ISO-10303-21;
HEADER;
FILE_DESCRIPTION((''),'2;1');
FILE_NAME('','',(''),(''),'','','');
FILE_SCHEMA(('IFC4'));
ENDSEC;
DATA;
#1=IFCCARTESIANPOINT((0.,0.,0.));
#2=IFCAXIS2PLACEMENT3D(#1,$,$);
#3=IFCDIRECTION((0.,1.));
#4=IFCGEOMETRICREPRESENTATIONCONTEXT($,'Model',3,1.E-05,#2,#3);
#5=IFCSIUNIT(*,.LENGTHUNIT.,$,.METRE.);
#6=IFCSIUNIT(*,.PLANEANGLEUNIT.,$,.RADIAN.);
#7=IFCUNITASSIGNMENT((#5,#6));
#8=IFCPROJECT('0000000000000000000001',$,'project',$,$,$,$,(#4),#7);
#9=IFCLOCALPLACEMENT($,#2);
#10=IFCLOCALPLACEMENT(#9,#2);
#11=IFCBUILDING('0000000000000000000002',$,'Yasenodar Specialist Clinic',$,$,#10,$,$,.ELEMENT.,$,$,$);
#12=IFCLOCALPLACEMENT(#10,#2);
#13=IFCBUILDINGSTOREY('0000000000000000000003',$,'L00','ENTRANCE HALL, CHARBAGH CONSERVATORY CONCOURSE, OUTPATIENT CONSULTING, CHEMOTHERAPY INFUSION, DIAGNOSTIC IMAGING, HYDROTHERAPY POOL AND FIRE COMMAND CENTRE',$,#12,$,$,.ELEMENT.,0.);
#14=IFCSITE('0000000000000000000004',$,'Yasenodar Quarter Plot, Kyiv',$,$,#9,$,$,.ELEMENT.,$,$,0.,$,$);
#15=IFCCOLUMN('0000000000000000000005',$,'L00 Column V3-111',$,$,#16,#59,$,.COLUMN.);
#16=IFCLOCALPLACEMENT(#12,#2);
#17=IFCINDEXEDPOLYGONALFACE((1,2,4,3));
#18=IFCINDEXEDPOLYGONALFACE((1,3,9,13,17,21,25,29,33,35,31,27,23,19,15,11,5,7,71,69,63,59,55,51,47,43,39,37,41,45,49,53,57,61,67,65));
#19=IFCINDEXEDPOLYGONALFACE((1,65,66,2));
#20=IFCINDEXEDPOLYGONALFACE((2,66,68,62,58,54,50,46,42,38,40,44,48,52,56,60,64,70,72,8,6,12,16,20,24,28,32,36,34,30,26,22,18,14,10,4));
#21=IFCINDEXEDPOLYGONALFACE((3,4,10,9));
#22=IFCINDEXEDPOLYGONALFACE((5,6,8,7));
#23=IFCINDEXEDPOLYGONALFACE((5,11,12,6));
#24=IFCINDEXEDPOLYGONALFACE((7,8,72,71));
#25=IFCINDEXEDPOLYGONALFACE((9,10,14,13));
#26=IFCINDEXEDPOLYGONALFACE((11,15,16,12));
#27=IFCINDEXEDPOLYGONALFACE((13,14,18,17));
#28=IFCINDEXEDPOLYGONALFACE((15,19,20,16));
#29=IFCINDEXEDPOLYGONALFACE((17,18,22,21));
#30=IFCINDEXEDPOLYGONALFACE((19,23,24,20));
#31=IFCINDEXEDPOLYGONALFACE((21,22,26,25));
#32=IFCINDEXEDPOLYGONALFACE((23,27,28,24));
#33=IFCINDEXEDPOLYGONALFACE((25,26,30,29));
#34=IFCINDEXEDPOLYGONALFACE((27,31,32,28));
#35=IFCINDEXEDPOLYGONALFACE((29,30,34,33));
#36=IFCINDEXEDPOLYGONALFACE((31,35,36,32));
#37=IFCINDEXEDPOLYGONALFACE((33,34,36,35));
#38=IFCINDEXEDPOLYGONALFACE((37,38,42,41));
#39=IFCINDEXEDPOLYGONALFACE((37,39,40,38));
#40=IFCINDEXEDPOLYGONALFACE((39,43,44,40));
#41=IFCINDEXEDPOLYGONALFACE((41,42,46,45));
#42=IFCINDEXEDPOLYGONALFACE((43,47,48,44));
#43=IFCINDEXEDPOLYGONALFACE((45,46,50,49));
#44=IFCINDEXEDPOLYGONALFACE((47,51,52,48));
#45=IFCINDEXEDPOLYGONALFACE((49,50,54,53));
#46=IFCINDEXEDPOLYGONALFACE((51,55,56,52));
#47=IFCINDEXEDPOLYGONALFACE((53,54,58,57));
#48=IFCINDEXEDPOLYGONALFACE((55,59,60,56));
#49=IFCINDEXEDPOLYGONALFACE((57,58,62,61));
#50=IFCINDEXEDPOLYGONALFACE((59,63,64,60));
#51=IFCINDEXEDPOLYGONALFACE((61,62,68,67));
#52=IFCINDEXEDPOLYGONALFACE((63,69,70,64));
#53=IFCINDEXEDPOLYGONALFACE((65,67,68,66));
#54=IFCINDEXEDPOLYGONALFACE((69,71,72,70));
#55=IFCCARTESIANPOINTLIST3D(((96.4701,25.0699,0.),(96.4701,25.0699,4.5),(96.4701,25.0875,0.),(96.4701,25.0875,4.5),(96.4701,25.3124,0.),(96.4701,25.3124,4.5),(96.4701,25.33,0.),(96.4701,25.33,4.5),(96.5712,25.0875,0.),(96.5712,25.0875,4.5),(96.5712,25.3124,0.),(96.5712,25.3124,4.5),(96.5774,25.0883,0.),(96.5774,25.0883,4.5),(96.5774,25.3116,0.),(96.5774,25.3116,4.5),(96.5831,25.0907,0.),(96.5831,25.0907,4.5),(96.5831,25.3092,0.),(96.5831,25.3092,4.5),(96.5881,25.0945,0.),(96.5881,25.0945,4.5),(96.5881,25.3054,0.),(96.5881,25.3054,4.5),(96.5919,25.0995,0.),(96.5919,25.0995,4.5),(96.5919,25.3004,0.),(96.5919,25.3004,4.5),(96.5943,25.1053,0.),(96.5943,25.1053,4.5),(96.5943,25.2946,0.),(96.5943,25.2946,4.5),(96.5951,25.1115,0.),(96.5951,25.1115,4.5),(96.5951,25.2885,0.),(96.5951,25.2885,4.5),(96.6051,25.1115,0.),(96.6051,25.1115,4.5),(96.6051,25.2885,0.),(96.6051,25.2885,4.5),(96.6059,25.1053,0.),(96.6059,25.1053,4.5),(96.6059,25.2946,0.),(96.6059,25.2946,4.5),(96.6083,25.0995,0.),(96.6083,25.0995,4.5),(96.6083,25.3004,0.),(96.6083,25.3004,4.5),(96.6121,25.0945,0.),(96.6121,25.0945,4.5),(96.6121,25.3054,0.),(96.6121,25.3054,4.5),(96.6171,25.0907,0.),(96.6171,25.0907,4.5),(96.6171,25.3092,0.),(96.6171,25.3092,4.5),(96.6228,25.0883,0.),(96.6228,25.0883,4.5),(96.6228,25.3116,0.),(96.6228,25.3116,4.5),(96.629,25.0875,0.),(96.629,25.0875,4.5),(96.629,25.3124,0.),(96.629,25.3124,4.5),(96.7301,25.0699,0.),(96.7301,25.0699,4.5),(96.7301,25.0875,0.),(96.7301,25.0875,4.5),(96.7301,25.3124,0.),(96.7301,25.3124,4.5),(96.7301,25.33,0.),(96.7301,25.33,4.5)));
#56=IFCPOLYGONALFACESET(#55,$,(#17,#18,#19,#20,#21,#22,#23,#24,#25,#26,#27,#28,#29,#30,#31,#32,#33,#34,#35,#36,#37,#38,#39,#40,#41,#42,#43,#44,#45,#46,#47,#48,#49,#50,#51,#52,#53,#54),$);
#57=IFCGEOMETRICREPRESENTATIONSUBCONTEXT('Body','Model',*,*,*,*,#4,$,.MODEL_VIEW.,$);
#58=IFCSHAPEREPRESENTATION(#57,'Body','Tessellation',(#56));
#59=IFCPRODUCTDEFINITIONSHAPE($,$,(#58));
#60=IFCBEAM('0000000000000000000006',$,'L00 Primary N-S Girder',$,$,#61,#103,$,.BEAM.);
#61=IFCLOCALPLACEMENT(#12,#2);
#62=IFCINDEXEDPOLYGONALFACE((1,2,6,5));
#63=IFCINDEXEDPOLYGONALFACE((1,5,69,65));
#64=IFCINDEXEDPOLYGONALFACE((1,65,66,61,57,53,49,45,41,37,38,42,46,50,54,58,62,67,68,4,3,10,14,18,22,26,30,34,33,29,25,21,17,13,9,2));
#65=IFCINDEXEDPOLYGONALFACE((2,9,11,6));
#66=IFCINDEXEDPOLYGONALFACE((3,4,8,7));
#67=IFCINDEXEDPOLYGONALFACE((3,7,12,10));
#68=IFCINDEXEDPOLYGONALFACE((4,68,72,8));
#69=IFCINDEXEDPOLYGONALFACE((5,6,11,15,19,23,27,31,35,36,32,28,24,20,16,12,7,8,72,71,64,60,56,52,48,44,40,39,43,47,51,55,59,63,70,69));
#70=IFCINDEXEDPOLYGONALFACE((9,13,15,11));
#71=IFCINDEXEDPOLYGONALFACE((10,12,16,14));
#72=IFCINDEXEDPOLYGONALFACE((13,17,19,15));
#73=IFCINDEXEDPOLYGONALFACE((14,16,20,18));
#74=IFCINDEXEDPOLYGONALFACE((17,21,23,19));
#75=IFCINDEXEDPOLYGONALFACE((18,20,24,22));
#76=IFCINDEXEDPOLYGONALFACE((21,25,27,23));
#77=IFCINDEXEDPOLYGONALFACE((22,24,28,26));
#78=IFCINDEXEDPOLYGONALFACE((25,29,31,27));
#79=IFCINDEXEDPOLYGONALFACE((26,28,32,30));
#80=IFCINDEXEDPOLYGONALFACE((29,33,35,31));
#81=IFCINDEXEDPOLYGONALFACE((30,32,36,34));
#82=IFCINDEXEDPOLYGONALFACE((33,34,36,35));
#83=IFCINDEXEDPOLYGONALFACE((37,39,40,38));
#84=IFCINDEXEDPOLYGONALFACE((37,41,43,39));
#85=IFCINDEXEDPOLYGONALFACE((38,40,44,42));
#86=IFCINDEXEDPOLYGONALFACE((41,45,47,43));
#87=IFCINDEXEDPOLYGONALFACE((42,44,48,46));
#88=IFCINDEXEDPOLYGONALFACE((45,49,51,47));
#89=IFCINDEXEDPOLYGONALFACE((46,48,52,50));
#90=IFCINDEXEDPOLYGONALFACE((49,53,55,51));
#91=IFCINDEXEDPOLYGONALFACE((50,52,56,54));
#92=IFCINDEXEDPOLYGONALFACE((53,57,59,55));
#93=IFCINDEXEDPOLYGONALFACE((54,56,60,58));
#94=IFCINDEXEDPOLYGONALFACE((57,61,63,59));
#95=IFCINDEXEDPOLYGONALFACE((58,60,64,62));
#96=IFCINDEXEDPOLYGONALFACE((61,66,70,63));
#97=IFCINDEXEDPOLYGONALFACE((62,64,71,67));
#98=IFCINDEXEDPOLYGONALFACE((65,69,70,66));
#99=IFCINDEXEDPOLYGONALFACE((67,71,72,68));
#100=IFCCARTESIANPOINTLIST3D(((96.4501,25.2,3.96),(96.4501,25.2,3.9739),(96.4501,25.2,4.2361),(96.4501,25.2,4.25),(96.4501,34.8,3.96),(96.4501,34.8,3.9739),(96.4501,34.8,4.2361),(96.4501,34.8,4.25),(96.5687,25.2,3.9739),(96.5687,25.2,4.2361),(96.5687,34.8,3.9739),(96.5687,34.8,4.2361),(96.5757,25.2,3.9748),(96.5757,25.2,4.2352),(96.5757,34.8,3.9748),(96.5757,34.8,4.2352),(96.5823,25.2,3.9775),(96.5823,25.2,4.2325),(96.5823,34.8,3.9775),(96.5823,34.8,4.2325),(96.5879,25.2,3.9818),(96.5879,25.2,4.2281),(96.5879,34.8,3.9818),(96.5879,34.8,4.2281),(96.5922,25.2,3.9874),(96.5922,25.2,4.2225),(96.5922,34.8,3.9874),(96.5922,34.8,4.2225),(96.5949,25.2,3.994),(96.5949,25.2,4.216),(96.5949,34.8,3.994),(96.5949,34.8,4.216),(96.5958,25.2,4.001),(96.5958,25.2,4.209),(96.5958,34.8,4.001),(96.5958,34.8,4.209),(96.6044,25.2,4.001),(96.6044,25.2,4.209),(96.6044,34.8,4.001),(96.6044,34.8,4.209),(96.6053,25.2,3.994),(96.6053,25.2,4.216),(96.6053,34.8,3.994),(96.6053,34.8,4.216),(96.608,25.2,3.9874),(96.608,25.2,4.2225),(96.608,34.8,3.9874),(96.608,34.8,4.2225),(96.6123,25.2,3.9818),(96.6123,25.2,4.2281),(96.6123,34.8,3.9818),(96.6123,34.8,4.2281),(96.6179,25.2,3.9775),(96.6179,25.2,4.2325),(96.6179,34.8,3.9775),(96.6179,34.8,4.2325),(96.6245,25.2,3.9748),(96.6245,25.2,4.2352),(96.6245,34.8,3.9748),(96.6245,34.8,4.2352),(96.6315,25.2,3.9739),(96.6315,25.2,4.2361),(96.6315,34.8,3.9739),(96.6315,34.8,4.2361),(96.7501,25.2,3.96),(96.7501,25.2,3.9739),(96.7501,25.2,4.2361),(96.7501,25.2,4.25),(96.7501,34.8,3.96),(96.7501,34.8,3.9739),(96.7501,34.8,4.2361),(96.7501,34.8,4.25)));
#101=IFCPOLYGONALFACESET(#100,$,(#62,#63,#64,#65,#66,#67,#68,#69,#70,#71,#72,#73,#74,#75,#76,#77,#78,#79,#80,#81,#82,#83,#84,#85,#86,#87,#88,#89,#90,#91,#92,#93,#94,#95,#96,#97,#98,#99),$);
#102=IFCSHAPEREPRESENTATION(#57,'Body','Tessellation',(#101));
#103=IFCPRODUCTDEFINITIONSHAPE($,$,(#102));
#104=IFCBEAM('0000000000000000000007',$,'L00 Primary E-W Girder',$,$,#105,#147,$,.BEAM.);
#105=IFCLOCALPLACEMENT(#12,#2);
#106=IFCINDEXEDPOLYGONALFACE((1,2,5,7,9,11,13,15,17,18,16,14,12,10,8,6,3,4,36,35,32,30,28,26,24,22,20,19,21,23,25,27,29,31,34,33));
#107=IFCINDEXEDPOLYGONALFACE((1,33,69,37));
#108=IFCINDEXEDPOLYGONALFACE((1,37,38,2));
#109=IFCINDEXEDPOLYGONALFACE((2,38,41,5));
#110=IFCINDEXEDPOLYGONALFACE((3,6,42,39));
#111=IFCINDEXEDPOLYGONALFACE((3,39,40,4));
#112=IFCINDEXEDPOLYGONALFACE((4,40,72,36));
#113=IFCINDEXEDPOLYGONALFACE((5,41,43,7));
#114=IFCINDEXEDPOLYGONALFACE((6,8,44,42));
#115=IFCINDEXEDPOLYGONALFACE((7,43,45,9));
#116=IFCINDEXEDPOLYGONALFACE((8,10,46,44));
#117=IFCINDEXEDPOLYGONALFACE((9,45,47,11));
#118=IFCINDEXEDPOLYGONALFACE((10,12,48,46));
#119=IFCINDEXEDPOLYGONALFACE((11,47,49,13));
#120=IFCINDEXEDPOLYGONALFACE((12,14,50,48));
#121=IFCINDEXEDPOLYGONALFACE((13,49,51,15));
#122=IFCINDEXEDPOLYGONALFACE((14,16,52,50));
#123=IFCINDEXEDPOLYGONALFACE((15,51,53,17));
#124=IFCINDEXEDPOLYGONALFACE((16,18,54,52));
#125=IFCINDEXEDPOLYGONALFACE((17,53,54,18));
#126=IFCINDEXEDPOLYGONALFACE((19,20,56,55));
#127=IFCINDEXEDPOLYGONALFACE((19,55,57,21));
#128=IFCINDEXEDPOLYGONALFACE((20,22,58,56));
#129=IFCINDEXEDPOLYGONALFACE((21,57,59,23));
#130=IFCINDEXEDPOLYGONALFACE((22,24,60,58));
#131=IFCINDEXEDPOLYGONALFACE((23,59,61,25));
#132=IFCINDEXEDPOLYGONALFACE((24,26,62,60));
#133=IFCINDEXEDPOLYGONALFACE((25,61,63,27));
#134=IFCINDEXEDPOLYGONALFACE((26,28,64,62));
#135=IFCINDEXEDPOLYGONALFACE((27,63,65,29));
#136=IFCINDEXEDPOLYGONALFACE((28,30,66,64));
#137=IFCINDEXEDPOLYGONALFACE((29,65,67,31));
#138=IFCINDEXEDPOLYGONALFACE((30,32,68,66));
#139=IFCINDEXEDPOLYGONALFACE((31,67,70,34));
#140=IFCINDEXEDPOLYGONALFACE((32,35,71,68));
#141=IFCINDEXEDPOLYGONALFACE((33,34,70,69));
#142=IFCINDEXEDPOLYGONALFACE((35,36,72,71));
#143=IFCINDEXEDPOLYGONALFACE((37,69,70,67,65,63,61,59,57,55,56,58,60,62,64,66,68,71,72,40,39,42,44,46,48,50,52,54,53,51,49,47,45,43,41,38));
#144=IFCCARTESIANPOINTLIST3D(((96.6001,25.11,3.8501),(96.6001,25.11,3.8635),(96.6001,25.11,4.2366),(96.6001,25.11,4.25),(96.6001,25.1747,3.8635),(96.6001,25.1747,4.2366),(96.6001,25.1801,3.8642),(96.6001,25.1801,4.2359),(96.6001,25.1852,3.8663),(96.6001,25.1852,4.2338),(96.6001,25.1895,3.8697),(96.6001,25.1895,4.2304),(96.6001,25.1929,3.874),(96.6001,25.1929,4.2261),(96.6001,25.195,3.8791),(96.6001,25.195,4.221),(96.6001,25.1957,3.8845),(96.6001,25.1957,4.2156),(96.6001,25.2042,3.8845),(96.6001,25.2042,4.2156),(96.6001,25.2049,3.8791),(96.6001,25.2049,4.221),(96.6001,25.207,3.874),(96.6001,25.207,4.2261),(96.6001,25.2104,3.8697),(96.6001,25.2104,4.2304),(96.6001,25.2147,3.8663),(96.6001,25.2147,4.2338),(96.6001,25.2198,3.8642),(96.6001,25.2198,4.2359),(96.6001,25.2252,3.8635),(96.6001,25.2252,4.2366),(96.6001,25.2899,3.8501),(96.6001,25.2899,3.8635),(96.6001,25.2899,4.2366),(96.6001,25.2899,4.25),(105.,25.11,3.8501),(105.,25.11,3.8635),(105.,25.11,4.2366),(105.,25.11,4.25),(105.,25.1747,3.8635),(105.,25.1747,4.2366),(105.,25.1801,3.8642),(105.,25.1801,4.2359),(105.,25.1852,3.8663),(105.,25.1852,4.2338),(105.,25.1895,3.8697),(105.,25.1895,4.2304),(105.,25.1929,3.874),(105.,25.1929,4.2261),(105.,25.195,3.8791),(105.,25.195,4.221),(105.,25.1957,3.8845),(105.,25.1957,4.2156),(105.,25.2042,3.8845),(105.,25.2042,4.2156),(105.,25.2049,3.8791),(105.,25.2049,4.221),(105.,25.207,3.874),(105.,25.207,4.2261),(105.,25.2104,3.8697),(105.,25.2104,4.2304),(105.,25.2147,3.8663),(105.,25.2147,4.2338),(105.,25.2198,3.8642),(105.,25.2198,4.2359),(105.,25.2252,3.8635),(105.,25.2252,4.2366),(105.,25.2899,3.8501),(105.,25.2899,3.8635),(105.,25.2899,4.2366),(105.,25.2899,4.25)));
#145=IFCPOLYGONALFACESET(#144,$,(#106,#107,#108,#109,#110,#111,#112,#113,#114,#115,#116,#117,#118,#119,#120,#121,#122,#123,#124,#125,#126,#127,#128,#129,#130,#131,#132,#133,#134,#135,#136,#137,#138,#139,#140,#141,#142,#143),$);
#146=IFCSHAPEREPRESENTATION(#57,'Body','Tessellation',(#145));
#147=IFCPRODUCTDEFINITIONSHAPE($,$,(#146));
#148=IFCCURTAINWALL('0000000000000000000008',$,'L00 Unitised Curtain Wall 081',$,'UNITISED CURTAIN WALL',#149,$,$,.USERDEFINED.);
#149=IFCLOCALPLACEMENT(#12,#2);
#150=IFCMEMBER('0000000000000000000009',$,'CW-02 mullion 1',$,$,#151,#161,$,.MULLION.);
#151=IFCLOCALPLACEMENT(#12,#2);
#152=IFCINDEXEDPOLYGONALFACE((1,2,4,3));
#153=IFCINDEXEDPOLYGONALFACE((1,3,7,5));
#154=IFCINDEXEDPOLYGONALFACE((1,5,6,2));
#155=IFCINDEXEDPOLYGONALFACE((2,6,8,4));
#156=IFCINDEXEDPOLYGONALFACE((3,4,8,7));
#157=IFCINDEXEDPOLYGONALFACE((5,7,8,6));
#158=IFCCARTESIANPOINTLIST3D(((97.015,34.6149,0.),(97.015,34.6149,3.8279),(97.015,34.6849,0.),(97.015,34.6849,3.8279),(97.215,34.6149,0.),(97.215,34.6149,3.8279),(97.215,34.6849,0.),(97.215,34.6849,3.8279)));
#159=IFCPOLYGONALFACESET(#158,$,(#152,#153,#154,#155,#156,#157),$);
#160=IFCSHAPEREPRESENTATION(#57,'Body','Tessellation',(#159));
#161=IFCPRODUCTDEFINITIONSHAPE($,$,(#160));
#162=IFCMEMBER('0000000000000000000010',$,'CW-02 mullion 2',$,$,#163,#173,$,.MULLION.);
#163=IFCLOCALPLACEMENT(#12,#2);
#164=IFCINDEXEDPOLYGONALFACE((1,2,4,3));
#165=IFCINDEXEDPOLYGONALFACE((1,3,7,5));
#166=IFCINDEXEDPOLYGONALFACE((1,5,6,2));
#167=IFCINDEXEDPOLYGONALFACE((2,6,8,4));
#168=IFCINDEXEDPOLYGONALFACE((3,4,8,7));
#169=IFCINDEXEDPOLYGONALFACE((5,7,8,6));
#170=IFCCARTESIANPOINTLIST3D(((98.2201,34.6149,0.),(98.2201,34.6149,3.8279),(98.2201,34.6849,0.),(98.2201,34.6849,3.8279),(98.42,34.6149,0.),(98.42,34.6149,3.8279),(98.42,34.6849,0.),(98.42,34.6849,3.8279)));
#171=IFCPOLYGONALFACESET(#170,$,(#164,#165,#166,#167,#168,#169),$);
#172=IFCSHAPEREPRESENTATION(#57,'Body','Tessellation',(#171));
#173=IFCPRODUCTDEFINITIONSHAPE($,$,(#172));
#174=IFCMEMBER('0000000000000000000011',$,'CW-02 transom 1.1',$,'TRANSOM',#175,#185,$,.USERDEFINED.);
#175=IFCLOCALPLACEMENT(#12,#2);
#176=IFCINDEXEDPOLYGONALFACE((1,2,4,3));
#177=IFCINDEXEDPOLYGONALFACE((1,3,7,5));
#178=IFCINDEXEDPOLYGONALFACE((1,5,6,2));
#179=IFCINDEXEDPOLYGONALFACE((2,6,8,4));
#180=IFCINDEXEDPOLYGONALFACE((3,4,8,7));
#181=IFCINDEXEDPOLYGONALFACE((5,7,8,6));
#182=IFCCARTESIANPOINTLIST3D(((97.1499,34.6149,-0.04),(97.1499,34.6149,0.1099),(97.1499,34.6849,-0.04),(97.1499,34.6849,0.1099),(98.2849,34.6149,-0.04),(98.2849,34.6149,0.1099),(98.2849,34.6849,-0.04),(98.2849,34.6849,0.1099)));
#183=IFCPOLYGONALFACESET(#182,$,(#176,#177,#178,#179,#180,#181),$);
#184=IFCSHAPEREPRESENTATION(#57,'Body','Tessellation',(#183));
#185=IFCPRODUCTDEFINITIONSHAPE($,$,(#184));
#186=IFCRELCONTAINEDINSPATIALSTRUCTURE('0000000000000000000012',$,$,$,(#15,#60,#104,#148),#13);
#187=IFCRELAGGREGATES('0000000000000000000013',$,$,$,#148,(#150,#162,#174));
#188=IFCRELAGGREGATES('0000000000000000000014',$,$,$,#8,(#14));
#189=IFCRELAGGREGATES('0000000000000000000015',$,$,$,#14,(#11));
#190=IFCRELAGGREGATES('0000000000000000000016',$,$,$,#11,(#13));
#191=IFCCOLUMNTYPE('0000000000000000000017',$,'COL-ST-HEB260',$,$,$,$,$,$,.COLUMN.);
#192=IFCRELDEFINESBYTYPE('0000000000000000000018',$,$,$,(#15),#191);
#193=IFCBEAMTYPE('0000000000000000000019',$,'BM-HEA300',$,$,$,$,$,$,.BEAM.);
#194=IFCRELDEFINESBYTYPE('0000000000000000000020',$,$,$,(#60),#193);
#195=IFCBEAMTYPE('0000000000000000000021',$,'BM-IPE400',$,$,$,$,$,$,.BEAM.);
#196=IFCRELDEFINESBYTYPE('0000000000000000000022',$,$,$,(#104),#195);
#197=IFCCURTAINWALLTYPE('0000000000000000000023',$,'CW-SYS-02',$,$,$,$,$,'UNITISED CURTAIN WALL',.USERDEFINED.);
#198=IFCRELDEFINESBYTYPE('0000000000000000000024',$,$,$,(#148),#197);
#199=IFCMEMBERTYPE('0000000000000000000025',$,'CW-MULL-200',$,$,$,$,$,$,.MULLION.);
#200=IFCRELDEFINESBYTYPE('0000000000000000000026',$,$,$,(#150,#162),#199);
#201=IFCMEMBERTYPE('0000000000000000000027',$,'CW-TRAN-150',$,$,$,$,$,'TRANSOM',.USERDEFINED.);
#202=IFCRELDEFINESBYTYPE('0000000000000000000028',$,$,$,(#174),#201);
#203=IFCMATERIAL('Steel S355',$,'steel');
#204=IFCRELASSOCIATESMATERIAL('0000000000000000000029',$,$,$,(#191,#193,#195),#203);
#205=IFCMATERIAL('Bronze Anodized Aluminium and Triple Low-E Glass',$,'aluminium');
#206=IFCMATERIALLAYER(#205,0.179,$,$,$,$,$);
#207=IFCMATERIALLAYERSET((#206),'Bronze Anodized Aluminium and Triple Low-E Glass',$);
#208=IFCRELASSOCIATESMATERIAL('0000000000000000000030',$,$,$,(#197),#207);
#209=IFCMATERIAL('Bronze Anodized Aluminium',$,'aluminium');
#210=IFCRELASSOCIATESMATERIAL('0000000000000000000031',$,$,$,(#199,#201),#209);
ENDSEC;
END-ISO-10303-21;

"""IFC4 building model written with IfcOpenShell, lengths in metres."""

from ifc_helpers import new_model, si_unit, direction, frame, origin, origin_2d, place, context, subcontext, project, spatial, rectangle, i_section, extrude, material, layer, layer_set, material_profile, profile_set, type_object, element, aggregate, save


model = new_model("IFC4")

# Units and contexts
model_context = context("Model", 3, precision=1e-05, world=origin(), true_north=direction((0.0, 1.0)))
body_context = subcontext(model_context, "Body", "Model", "MODEL_VIEW")
ifc_project = project(units=[si_unit("LENGTHUNIT", "METRE"), si_unit("PLANEANGLEUNIT", "RADIAN")], contexts=[model_context])

# Site, building, storey
site_placement = place(None, origin())
site = spatial("IfcSite", under=ifc_project, at=site_placement, Name="Yasenodar Quarter Plot, Kyiv", CompositionType="ELEMENT", RefElevation=0.0)
building_placement = place(site_placement, origin())
building = spatial("IfcBuilding", under=site, at=building_placement, Name="Yasenodar Specialist Clinic", CompositionType="ELEMENT")
storey_placement = place(building_placement, origin())
storey = spatial("IfcBuildingStorey", under=building, at=storey_placement, Name="L00", Description="ENTRANCE HALL, CHARBAGH CONSERVATORY CONCOURSE, OUTPATIENT CONSULTING, CHEMOTHERAPY INFUSION, DIAGNOSTIC IMAGING, HYDROTHERAPY POOL AND FIRE COMMAND CENTRE", CompositionType="ELEMENT", Elevation=0.0)

# Column
ifc_material_1 = material(Name="Steel S355", Category="steel")
ifc_material_profile_1 = material_profile(ifc_material_1, i_section(OverallWidth=0.26, OverallDepth=0.26, WebThickness=0.01, FlangeThickness=0.0176, FilletRadius=0.0239, at=origin_2d()), Name="HEB 260")
ifc_profile_set_1 = profile_set([ifc_material_profile_1], Name="Steel S355")
column_type = type_object("IfcColumnType", Name="COL-ST-HEB260", PredefinedType="COLUMN", material=ifc_profile_set_1)
column_placement = place(storey_placement, frame((96.6001, 25.2, 0.0), z_axis=(0.0, 0.0, 1.0), x_axis=(1.0, 0.0, 0.0)))
element("IfcColumn", 1, at=column_placement, inside=storey, type_object=column_type, Name="L00 Column V3-111", PredefinedType="COLUMN", context=body_context, shape_type="SweptSolid", body=[
    extrude(i_section(OverallWidth=0.26, OverallDepth=0.26, WebThickness=0.01, FlangeThickness=0.0176, FilletRadius=0.0239, at=origin_2d()), origin(), (0.0, 0.0, 1.0), 4.5),
])

# Beams
ifc_material_profile_2 = material_profile(ifc_material_1, i_section(OverallWidth=0.3, OverallDepth=0.29, WebThickness=0.0085, FlangeThickness=0.0139, FilletRadius=0.0271, at=origin_2d()), Name="HEA 300")
ifc_profile_set_2 = profile_set([ifc_material_profile_2], Name="Steel S355")
beam_type_1 = type_object("IfcBeamType", Name="BM-HEA300", PredefinedType="BEAM", material=ifc_profile_set_2)
beam_1_placement = place(storey_placement, frame((96.6001, 25.2, 4.105), z_axis=(0.0, 1.0, 0.0), x_axis=(-1.0, 0.0, 0.0)))
element("IfcBeam", 2, at=beam_1_placement, inside=storey, type_object=beam_type_1, Name="L00 Primary N-S Girder", PredefinedType="BEAM", context=body_context, shape_type="SweptSolid", body=[
    extrude(i_section(OverallWidth=0.3, OverallDepth=0.29, WebThickness=0.0085, FlangeThickness=0.0139, FilletRadius=0.0271, at=origin_2d()), origin(), (0.0, 0.0, 1.0), 9.6001),
])
ifc_material_profile_3 = material_profile(ifc_material_1, i_section(OverallWidth=0.1799, OverallDepth=0.3999, WebThickness=0.0085, FlangeThickness=0.0134, FilletRadius=0.021, at=origin_2d()), Name="IPE 400")
ifc_profile_set_3 = profile_set([ifc_material_profile_3], Name="Steel S355")
beam_type_2 = type_object("IfcBeamType", Name="BM-IPE400", PredefinedType="BEAM", material=ifc_profile_set_3)
beam_2_placement = place(storey_placement, frame((96.6001, 25.2, 4.05), z_axis=(1.0, 0.0, 0.0), x_axis=(0.0, 1.0, 0.0)))
element("IfcBeam", 3, at=beam_2_placement, inside=storey, type_object=beam_type_2, Name="L00 Primary E-W Girder", PredefinedType="BEAM", context=body_context, shape_type="SweptSolid", body=[
    extrude(i_section(OverallWidth=0.1799, OverallDepth=0.3999, WebThickness=0.0085, FlangeThickness=0.0134, FilletRadius=0.021, at=origin_2d()), origin(), (0.0, 0.0, 1.0), 8.3999),
])

# Curtain wall, members
ifc_material_2 = material(Name="Bronze Anodized Aluminium and Triple Low-E Glass", Category="aluminium")
ifc_layer_1 = layer(ifc_material_2, 0.179)
ifc_layer_set_1 = layer_set([ifc_layer_1], Name="Bronze Anodized Aluminium and Triple Low-E Glass")
curtain_wall_type = type_object("IfcCurtainWallType", Name="CW-SYS-02", ElementType="UNITISED CURTAIN WALL", PredefinedType="USERDEFINED", material=ifc_layer_set_1)
curtain_wall_placement = place(storey_placement, origin())
curtain_wall = element("IfcCurtainWall", 4, at=curtain_wall_placement, inside=storey, type_object=curtain_wall_type, Name="L00 Unitised Curtain Wall 081", ObjectType="UNITISED CURTAIN WALL", PredefinedType="USERDEFINED")
ifc_material_3 = material(Name="Bronze Anodized Aluminium", Category="aluminium")
ifc_material_profile_4 = material_profile(ifc_material_3, rectangle(XDim=0.0701, YDim=0.2, at=origin_2d()), Name="CW-MULL 70x200")
ifc_profile_set_4 = profile_set([ifc_material_profile_4], Name="Bronze Anodized Aluminium")
member_type_1 = type_object("IfcMemberType", Name="CW-MULL-200", PredefinedType="MULLION", material=ifc_profile_set_4)
member_1_placement = place(storey_placement, frame((97.115, 34.6499, 0.0), z_axis=(0.0, 0.0, 1.0), x_axis=(0.0, 1.0, 0.0)))
member_1 = element("IfcMember", 5, at=member_1_placement, type_object=member_type_1, Name="CW-02 mullion 1", PredefinedType="MULLION", context=body_context, shape_type="SweptSolid", body=[
    extrude(rectangle(XDim=0.0701, YDim=0.2, at=origin_2d()), origin(), (0.0, 0.0, 1.0), 3.8279),
])
member_2_placement = place(storey_placement, frame((98.3201, 34.6499, 0.0), z_axis=(0.0, 0.0, 1.0), x_axis=(0.0, 1.0, 0.0)))
member_2 = element("IfcMember", 6, at=member_2_placement, type_object=member_type_1, Name="CW-02 mullion 2", PredefinedType="MULLION", context=body_context, shape_type="SweptSolid", body=[
    extrude(rectangle(XDim=0.0701, YDim=0.2, at=origin_2d()), origin(), (0.0, 0.0, 1.0), 3.8279),
])
ifc_material_profile_5 = material_profile(ifc_material_3, rectangle(XDim=0.0701, YDim=0.1499, at=origin_2d()), Name="CW-TRAN 70x150")
ifc_profile_set_5 = profile_set([ifc_material_profile_5], Name="Bronze Anodized Aluminium")
member_type_2 = type_object("IfcMemberType", Name="CW-TRAN-150", ElementType="TRANSOM", PredefinedType="USERDEFINED", material=ifc_profile_set_5)
member_3_placement = place(storey_placement, frame((97.1499, 34.6499, 0.0349), z_axis=(1.0, 0.0, 0.0), x_axis=(0.0, 1.0, 0.0)))
member_3 = element("IfcMember", 7, at=member_3_placement, type_object=member_type_2, Name="CW-02 transom 1.1", ObjectType="TRANSOM", PredefinedType="USERDEFINED", context=body_context, shape_type="SweptSolid", body=[
    extrude(rectangle(XDim=0.0701, YDim=0.1499, at=origin_2d()), origin(), (0.0, 0.0, 1.0), 1.135),
])

aggregate(curtain_wall, [member_1, member_2, member_3])

save(model, "model.ifc")
